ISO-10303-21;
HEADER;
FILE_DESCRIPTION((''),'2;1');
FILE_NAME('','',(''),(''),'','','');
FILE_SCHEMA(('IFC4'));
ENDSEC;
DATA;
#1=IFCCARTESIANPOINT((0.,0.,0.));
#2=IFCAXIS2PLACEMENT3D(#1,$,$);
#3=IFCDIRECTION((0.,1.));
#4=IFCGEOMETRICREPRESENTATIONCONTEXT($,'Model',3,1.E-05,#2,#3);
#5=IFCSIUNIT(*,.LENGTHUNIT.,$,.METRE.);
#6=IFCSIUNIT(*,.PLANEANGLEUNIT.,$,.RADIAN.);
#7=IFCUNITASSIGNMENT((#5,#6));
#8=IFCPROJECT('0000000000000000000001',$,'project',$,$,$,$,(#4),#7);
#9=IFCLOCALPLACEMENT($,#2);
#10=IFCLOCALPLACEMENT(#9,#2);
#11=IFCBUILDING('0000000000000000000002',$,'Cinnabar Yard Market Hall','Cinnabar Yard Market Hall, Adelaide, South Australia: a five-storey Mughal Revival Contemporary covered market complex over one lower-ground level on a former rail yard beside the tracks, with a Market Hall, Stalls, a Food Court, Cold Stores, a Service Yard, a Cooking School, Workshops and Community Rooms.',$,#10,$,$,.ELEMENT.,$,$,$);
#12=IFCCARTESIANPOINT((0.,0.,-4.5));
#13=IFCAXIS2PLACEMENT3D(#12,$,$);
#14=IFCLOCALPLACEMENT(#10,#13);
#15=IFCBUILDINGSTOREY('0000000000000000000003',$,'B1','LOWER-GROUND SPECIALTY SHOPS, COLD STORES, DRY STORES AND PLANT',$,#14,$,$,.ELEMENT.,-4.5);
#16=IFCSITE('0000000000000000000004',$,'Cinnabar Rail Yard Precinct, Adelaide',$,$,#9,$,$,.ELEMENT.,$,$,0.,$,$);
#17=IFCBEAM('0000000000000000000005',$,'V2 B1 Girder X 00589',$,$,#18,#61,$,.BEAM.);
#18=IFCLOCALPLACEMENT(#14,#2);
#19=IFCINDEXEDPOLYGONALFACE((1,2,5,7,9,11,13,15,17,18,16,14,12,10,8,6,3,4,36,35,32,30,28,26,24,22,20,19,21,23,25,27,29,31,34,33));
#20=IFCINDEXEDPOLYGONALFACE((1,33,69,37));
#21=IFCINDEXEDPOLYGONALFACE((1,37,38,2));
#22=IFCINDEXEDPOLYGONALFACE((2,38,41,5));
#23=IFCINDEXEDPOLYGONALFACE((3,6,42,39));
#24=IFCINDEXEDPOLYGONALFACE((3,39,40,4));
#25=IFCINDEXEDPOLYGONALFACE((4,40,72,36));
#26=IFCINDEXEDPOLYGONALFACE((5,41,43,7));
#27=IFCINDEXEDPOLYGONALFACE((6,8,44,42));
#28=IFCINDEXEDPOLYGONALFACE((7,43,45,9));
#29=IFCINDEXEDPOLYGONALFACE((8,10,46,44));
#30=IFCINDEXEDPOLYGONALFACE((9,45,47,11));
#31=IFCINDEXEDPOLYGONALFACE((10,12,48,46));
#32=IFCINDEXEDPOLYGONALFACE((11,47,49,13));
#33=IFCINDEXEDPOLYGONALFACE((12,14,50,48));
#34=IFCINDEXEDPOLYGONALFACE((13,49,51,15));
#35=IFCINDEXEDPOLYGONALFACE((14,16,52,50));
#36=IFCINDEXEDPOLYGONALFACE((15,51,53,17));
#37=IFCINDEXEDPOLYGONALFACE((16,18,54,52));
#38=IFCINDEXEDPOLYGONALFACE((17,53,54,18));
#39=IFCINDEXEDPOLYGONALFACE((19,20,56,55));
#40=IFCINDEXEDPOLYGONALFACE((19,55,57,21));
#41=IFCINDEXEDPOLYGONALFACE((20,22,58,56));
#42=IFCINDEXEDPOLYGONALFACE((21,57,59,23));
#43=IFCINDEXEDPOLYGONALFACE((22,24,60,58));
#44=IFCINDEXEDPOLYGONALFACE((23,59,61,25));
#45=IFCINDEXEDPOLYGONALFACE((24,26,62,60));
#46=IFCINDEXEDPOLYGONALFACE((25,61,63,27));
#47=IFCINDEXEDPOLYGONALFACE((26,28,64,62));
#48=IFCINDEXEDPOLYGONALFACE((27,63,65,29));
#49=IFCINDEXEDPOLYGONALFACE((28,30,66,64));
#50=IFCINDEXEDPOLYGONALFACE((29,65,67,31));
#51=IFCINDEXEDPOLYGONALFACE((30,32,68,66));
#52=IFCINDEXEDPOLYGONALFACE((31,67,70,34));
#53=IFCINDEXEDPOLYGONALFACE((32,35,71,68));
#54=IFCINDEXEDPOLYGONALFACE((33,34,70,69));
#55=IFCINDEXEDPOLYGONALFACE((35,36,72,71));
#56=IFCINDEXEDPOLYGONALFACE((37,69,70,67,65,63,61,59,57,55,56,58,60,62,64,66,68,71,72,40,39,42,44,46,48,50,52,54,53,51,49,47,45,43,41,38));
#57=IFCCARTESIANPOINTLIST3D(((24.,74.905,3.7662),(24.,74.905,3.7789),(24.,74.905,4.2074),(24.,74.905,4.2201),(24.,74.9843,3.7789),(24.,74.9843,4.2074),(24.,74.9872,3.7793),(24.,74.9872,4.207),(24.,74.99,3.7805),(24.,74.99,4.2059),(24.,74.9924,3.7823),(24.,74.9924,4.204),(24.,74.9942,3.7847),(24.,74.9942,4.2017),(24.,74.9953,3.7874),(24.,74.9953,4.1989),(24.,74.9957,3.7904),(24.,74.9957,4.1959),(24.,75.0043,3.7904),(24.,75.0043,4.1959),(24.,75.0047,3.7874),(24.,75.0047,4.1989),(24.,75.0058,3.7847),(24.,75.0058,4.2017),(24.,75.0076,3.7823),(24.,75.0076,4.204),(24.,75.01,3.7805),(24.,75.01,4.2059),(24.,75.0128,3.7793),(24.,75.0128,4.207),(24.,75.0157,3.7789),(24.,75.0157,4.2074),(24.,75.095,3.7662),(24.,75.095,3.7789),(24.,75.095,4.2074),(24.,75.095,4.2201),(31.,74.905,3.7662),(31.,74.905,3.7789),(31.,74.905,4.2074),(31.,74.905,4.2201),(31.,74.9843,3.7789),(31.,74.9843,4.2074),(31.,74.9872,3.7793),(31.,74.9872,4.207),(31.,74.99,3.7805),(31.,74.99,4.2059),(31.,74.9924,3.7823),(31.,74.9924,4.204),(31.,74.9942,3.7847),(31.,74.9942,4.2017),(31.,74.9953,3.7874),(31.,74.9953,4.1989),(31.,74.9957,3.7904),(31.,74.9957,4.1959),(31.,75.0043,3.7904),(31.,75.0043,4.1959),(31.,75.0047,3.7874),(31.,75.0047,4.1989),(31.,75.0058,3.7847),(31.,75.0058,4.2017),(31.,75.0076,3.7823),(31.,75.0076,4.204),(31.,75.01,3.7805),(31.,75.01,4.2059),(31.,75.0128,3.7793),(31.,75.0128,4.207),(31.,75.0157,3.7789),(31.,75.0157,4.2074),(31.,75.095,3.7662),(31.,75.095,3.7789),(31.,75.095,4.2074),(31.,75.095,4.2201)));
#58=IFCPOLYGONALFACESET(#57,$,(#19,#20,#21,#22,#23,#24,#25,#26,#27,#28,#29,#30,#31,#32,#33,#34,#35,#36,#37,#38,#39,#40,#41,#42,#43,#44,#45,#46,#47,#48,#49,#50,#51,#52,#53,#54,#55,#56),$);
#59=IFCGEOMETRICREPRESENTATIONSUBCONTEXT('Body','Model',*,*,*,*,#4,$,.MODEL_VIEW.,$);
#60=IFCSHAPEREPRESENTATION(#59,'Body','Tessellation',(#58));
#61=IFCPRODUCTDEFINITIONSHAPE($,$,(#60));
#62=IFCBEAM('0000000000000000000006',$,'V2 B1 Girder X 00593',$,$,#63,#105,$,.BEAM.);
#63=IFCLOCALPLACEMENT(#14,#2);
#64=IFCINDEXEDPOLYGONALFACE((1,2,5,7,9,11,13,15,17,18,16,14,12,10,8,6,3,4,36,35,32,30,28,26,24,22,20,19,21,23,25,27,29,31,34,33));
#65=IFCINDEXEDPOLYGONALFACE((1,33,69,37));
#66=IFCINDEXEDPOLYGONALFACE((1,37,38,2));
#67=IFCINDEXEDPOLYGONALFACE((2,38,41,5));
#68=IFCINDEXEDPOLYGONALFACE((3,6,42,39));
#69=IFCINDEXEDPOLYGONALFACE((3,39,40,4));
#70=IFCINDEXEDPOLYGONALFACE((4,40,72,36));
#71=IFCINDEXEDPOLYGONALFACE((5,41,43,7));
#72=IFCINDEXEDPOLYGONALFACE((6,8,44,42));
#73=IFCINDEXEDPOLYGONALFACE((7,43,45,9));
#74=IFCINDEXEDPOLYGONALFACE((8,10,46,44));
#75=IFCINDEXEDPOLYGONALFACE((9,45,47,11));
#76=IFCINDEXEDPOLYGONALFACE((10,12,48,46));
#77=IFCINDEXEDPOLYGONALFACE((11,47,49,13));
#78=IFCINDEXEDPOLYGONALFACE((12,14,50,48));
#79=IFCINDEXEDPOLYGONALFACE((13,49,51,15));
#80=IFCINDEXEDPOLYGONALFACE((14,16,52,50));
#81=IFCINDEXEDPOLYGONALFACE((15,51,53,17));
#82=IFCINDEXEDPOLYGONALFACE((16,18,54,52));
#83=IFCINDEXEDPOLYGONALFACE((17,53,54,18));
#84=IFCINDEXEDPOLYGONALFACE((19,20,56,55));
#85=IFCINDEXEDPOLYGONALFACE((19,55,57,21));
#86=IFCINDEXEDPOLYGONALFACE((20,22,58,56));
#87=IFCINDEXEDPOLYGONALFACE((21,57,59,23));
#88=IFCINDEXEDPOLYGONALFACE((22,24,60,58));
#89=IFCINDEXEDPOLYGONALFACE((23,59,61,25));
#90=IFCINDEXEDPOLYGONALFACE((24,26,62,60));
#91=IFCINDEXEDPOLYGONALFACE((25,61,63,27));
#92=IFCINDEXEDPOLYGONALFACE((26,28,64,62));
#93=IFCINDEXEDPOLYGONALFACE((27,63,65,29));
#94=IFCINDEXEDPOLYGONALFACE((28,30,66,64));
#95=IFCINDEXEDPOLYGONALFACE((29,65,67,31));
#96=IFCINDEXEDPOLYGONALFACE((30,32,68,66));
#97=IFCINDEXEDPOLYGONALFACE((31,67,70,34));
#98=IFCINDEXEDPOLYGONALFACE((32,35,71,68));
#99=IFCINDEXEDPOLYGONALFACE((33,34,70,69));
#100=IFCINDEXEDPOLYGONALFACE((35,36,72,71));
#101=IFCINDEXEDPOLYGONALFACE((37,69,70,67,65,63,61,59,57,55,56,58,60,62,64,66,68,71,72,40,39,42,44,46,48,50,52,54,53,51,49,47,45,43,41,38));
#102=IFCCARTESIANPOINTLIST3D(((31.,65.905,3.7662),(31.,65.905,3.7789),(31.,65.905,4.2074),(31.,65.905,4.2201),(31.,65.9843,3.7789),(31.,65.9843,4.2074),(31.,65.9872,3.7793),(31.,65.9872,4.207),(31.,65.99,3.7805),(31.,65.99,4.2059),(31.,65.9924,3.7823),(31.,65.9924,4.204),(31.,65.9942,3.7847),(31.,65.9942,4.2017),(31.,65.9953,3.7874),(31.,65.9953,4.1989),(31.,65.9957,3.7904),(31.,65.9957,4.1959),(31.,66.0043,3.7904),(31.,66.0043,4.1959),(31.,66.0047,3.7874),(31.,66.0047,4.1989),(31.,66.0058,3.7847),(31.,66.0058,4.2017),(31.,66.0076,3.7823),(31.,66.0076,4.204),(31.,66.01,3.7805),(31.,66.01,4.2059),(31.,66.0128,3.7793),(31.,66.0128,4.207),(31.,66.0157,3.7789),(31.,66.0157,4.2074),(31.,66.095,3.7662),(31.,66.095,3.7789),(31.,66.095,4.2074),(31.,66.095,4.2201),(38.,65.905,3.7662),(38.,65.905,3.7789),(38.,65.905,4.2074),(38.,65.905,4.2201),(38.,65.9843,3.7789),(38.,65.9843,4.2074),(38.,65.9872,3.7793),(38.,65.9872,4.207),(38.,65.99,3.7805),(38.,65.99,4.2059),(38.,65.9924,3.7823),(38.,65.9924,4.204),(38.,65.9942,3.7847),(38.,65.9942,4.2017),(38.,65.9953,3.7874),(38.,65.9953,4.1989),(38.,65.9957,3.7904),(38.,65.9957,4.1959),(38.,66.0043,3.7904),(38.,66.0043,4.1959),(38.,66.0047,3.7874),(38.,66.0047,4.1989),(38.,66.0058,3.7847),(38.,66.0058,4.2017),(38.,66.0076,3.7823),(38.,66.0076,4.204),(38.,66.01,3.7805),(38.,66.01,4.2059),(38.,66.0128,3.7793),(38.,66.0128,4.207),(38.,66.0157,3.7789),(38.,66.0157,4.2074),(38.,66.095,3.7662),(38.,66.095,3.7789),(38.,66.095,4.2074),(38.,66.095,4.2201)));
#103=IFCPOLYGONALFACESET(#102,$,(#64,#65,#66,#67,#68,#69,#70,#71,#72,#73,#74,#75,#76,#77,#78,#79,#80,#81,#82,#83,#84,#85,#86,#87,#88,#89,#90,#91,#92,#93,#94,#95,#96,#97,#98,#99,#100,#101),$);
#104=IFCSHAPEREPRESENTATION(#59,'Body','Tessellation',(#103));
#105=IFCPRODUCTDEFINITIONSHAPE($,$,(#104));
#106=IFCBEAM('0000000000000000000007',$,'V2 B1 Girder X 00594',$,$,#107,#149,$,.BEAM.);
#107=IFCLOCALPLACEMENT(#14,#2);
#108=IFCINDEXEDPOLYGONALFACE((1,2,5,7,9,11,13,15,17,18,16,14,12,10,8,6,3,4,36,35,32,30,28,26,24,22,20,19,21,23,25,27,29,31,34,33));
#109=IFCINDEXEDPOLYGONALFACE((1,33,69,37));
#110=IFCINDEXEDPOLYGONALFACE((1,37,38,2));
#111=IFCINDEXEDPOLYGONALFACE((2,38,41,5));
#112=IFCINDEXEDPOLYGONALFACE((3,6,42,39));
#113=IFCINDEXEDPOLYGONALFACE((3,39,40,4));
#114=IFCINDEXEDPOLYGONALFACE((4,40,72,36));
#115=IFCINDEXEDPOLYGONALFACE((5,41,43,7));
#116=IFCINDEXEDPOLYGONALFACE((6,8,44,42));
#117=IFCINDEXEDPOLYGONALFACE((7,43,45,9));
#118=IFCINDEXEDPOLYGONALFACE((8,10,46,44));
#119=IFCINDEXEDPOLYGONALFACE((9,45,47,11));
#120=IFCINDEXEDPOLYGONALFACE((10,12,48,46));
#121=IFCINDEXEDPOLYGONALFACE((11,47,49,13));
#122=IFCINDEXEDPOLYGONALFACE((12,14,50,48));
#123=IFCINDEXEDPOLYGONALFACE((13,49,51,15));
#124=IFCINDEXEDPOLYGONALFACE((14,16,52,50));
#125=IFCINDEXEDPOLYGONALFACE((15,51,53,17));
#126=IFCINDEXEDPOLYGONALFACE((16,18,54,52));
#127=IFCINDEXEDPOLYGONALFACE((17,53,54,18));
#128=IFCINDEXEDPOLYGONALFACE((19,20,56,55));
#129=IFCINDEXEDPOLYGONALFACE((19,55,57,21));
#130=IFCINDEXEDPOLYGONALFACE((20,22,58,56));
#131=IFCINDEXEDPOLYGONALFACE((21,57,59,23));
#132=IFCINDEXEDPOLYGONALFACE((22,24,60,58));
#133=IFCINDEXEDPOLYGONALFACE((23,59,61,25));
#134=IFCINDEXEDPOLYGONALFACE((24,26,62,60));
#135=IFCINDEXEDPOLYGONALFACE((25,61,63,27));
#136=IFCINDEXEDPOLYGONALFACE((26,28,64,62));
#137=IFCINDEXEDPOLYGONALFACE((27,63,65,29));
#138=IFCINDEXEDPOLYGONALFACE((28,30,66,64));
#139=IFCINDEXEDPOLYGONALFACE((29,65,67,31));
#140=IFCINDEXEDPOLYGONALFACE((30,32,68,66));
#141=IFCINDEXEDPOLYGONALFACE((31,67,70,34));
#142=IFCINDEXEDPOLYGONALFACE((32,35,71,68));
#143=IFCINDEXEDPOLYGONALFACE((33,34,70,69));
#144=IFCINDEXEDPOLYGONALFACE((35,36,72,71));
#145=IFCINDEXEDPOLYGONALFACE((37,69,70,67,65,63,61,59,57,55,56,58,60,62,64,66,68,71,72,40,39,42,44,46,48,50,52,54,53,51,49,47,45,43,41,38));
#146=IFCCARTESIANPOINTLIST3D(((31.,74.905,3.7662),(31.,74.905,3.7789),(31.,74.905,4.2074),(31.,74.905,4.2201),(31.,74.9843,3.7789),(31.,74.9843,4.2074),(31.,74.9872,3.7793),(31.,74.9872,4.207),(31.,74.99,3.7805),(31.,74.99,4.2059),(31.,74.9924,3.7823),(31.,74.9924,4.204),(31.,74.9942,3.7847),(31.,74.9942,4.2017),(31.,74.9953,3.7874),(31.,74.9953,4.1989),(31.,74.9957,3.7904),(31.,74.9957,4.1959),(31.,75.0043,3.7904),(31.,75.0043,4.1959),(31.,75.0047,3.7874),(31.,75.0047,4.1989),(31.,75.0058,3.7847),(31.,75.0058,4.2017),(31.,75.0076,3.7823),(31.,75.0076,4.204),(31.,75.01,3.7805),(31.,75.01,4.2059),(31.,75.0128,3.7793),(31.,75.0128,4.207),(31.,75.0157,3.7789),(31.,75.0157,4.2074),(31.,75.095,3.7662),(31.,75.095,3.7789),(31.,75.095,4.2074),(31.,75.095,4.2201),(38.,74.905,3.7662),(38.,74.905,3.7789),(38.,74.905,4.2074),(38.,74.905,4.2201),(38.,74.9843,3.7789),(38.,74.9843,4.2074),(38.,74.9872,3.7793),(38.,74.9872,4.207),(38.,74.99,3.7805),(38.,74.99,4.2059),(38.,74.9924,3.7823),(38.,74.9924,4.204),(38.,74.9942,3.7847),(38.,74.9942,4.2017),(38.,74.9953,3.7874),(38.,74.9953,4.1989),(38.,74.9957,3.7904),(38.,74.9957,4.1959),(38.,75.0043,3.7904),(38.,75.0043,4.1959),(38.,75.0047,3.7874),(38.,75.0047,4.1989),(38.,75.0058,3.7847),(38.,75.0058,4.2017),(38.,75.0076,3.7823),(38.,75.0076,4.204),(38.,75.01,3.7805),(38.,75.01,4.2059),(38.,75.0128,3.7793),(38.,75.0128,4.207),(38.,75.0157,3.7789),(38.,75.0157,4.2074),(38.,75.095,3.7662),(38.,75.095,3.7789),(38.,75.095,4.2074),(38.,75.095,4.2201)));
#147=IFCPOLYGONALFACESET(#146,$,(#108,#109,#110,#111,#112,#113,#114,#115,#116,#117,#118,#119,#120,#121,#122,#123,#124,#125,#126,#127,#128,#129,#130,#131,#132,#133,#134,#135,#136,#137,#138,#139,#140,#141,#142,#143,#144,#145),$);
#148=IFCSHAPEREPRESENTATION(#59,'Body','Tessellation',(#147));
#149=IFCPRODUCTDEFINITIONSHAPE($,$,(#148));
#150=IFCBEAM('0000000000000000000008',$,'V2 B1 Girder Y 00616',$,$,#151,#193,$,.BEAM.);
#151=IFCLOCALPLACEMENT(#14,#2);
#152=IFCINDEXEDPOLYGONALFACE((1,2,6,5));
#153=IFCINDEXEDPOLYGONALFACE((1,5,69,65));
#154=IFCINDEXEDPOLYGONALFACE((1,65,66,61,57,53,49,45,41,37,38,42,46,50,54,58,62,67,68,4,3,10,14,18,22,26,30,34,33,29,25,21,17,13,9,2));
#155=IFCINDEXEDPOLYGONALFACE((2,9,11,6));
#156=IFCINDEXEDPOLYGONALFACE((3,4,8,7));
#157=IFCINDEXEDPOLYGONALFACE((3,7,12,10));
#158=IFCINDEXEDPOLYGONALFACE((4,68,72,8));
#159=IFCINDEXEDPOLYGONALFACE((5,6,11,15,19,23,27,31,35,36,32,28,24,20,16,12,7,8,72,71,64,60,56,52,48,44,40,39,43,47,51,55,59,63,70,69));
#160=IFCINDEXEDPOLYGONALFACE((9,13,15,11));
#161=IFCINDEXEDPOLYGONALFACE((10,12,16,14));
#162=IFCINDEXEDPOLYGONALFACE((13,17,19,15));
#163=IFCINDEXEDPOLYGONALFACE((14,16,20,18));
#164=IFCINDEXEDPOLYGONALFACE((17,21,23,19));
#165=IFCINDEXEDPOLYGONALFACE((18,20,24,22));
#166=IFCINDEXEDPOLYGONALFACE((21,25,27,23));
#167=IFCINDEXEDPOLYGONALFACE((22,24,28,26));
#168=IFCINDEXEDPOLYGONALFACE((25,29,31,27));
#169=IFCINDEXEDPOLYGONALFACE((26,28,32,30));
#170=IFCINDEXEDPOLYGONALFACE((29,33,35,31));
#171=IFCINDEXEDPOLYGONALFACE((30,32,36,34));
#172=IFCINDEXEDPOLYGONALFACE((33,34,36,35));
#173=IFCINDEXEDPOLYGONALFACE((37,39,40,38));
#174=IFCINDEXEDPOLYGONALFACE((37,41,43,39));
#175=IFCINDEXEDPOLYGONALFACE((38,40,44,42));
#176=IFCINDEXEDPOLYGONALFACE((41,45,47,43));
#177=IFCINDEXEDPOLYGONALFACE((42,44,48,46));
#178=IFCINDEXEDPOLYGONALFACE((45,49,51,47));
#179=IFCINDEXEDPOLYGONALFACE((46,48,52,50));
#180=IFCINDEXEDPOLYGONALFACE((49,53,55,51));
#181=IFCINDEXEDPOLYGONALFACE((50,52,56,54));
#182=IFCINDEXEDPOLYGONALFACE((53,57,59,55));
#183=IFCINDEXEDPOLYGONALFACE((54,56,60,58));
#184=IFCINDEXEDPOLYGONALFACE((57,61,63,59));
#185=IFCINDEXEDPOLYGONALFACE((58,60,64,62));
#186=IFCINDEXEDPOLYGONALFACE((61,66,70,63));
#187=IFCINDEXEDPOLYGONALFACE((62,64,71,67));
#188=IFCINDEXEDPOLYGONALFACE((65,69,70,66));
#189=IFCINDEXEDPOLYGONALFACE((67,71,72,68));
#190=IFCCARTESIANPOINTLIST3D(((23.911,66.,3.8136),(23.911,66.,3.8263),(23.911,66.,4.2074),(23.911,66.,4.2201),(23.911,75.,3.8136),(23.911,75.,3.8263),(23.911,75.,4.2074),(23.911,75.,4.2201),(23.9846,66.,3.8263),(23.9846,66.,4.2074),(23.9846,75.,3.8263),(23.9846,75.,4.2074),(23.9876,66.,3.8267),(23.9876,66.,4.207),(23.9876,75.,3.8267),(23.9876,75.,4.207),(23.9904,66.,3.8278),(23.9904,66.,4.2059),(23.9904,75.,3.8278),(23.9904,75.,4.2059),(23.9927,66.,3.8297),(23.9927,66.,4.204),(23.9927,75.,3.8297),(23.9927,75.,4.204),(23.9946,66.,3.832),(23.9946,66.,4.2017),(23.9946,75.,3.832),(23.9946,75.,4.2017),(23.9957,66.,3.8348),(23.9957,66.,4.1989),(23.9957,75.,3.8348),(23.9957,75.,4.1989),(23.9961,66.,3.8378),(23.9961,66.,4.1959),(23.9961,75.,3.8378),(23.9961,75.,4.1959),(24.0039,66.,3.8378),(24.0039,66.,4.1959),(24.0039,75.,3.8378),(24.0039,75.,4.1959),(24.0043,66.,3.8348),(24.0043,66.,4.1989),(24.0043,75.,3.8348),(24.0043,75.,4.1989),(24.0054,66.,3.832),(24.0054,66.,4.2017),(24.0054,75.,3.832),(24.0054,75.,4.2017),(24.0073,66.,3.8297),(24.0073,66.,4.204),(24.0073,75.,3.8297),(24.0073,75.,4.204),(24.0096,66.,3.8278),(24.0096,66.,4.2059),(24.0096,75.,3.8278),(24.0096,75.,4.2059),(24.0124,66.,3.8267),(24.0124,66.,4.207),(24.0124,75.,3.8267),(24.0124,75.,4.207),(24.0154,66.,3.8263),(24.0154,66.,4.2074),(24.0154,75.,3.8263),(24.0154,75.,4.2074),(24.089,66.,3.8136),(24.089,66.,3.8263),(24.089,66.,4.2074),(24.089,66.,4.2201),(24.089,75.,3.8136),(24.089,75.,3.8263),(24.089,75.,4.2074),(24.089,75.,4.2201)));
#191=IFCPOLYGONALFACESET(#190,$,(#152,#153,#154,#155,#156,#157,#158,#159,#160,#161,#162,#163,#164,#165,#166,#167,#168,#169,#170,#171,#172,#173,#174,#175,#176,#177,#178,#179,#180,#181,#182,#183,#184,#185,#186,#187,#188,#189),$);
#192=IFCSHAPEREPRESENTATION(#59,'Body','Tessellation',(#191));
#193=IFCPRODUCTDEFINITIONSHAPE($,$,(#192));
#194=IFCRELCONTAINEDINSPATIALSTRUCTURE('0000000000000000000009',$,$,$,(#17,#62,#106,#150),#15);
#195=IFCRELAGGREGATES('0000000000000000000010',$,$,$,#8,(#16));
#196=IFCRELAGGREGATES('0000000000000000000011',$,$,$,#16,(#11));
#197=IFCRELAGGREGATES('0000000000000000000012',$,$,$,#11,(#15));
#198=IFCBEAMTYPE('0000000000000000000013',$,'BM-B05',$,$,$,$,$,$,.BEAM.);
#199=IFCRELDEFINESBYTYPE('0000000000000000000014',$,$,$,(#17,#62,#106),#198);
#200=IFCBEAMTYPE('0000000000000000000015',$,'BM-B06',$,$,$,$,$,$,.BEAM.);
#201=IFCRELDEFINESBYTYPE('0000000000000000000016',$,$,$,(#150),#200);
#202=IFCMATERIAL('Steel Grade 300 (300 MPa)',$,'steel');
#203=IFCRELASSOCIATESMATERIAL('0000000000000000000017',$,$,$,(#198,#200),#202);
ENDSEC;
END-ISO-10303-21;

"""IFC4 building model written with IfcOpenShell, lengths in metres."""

from ifc_helpers import new_model, si_unit, direction, frame, origin, origin_2d_with_axis, place, context, subcontext, project, spatial, i_section, extrude, material, material_profile, profile_set, type_object, element, save


model = new_model("IFC4")

# Units and contexts
model_context = context("Model", 3, precision=1e-05, world=origin(), true_north=direction((0.0, 1.0)))
body_context = subcontext(model_context, "Body", "Model", "MODEL_VIEW")
ifc_project = project(units=[si_unit("LENGTHUNIT", "METRE"), si_unit("PLANEANGLEUNIT", "RADIAN")], contexts=[model_context])

# Site, building, storey
site_placement = place(None, origin())
site = spatial("IfcSite", under=ifc_project, at=site_placement, Name="Cinnabar Rail Yard Precinct, Adelaide", CompositionType="ELEMENT", RefElevation=0.0)
building_placement = place(site_placement, origin())
building = spatial("IfcBuilding", under=site, at=building_placement, Name="Cinnabar Yard Market Hall", Description="Cinnabar Yard Market Hall, Adelaide, South Australia: a five-storey Mughal Revival Contemporary covered market complex over one lower-ground level on a former rail yard beside the tracks, with a Market Hall, Stalls, a Food Court, Cold Stores, a Service Yard, a Cooking School, Workshops and Community Rooms.", CompositionType="ELEMENT")
storey_placement = place(building_placement, frame((0.0, 0.0, -4.5)))
storey = spatial("IfcBuildingStorey", under=building, at=storey_placement, Name="B1", Description="LOWER-GROUND SPECIALTY SHOPS, COLD STORES, DRY STORES AND PLANT", CompositionType="ELEMENT", Elevation=-4.5)

# Shared definitions
ifc_material_1 = material(Name="Steel Grade 300 (300 MPa)", Category="steel")

# Beams
ifc_material_profile_1 = material_profile(ifc_material_1, i_section(OverallWidth=0.1899, OverallDepth=0.4539, WebThickness=0.0085, FlangeThickness=0.0127, FilletRadius=0.0115, at=origin_2d_with_axis()), Name="460UB67.1")
ifc_profile_set_1 = profile_set([ifc_material_profile_1], Name="Steel Grade 300 (300 MPa)")
beam_type_1 = type_object("IfcBeamType", Name="BM-B05", PredefinedType="BEAM", material=ifc_profile_set_1)
for number, where, z_axis, x_axis, name in (
    (1, (24.0, 75.0, 3.9932), (1.0, 0.0, 0.0), (0.0, 1.0, 0.0), "V2 B1 Girder X 00589"),
    (2, (31.0, 66.0, 3.9932), (1.0, 0.0, 0.0), (0.0, 1.0, 0.0), "V2 B1 Girder X 00593"),
    (3, (31.0, 75.0, 3.9932), (1.0, 0.0, 0.0), (0.0, 1.0, 0.0), "V2 B1 Girder X 00594"),
):
    element("IfcBeam", number, at=place(storey_placement, frame(where, z_axis=z_axis, x_axis=x_axis)), inside=storey, type_object=beam_type_1, Name=name, PredefinedType="BEAM", context=body_context, shape_type="SweptSolid", body=[
        extrude(i_section(OverallWidth=0.1899, OverallDepth=0.4539, WebThickness=0.0085, FlangeThickness=0.0127, FilletRadius=0.0115, at=origin_2d_with_axis()), origin(), (0.0, 0.0, 1.0), 7.0),
    ])
ifc_material_profile_2 = material_profile(ifc_material_1, i_section(OverallWidth=0.178, OverallDepth=0.4065, WebThickness=0.0078, FlangeThickness=0.0127, FilletRadius=0.0115, at=origin_2d_with_axis()), Name="410UB59.7")
ifc_profile_set_2 = profile_set([ifc_material_profile_2], Name="Steel Grade 300 (300 MPa)")
beam_type_2 = type_object("IfcBeamType", Name="BM-B06", PredefinedType="BEAM", material=ifc_profile_set_2)
for number, where, z_axis, x_axis, name in (
    (4, (24.0, 66.0, 4.0168), (0.0, 1.0, 0.0), (-1.0, 0.0, 0.0), "V2 B1 Girder Y 00616"),
):
    element("IfcBeam", number, at=place(storey_placement, frame(where, z_axis=z_axis, x_axis=x_axis)), inside=storey, type_object=beam_type_2, Name=name, PredefinedType="BEAM", context=body_context, shape_type="SweptSolid", body=[
        extrude(i_section(OverallWidth=0.178, OverallDepth=0.4065, WebThickness=0.0078, FlangeThickness=0.0127, FilletRadius=0.0115, at=origin_2d_with_axis()), origin(), (0.0, 0.0, 1.0), 9.0),
    ])

save(model, "model.ifc")
